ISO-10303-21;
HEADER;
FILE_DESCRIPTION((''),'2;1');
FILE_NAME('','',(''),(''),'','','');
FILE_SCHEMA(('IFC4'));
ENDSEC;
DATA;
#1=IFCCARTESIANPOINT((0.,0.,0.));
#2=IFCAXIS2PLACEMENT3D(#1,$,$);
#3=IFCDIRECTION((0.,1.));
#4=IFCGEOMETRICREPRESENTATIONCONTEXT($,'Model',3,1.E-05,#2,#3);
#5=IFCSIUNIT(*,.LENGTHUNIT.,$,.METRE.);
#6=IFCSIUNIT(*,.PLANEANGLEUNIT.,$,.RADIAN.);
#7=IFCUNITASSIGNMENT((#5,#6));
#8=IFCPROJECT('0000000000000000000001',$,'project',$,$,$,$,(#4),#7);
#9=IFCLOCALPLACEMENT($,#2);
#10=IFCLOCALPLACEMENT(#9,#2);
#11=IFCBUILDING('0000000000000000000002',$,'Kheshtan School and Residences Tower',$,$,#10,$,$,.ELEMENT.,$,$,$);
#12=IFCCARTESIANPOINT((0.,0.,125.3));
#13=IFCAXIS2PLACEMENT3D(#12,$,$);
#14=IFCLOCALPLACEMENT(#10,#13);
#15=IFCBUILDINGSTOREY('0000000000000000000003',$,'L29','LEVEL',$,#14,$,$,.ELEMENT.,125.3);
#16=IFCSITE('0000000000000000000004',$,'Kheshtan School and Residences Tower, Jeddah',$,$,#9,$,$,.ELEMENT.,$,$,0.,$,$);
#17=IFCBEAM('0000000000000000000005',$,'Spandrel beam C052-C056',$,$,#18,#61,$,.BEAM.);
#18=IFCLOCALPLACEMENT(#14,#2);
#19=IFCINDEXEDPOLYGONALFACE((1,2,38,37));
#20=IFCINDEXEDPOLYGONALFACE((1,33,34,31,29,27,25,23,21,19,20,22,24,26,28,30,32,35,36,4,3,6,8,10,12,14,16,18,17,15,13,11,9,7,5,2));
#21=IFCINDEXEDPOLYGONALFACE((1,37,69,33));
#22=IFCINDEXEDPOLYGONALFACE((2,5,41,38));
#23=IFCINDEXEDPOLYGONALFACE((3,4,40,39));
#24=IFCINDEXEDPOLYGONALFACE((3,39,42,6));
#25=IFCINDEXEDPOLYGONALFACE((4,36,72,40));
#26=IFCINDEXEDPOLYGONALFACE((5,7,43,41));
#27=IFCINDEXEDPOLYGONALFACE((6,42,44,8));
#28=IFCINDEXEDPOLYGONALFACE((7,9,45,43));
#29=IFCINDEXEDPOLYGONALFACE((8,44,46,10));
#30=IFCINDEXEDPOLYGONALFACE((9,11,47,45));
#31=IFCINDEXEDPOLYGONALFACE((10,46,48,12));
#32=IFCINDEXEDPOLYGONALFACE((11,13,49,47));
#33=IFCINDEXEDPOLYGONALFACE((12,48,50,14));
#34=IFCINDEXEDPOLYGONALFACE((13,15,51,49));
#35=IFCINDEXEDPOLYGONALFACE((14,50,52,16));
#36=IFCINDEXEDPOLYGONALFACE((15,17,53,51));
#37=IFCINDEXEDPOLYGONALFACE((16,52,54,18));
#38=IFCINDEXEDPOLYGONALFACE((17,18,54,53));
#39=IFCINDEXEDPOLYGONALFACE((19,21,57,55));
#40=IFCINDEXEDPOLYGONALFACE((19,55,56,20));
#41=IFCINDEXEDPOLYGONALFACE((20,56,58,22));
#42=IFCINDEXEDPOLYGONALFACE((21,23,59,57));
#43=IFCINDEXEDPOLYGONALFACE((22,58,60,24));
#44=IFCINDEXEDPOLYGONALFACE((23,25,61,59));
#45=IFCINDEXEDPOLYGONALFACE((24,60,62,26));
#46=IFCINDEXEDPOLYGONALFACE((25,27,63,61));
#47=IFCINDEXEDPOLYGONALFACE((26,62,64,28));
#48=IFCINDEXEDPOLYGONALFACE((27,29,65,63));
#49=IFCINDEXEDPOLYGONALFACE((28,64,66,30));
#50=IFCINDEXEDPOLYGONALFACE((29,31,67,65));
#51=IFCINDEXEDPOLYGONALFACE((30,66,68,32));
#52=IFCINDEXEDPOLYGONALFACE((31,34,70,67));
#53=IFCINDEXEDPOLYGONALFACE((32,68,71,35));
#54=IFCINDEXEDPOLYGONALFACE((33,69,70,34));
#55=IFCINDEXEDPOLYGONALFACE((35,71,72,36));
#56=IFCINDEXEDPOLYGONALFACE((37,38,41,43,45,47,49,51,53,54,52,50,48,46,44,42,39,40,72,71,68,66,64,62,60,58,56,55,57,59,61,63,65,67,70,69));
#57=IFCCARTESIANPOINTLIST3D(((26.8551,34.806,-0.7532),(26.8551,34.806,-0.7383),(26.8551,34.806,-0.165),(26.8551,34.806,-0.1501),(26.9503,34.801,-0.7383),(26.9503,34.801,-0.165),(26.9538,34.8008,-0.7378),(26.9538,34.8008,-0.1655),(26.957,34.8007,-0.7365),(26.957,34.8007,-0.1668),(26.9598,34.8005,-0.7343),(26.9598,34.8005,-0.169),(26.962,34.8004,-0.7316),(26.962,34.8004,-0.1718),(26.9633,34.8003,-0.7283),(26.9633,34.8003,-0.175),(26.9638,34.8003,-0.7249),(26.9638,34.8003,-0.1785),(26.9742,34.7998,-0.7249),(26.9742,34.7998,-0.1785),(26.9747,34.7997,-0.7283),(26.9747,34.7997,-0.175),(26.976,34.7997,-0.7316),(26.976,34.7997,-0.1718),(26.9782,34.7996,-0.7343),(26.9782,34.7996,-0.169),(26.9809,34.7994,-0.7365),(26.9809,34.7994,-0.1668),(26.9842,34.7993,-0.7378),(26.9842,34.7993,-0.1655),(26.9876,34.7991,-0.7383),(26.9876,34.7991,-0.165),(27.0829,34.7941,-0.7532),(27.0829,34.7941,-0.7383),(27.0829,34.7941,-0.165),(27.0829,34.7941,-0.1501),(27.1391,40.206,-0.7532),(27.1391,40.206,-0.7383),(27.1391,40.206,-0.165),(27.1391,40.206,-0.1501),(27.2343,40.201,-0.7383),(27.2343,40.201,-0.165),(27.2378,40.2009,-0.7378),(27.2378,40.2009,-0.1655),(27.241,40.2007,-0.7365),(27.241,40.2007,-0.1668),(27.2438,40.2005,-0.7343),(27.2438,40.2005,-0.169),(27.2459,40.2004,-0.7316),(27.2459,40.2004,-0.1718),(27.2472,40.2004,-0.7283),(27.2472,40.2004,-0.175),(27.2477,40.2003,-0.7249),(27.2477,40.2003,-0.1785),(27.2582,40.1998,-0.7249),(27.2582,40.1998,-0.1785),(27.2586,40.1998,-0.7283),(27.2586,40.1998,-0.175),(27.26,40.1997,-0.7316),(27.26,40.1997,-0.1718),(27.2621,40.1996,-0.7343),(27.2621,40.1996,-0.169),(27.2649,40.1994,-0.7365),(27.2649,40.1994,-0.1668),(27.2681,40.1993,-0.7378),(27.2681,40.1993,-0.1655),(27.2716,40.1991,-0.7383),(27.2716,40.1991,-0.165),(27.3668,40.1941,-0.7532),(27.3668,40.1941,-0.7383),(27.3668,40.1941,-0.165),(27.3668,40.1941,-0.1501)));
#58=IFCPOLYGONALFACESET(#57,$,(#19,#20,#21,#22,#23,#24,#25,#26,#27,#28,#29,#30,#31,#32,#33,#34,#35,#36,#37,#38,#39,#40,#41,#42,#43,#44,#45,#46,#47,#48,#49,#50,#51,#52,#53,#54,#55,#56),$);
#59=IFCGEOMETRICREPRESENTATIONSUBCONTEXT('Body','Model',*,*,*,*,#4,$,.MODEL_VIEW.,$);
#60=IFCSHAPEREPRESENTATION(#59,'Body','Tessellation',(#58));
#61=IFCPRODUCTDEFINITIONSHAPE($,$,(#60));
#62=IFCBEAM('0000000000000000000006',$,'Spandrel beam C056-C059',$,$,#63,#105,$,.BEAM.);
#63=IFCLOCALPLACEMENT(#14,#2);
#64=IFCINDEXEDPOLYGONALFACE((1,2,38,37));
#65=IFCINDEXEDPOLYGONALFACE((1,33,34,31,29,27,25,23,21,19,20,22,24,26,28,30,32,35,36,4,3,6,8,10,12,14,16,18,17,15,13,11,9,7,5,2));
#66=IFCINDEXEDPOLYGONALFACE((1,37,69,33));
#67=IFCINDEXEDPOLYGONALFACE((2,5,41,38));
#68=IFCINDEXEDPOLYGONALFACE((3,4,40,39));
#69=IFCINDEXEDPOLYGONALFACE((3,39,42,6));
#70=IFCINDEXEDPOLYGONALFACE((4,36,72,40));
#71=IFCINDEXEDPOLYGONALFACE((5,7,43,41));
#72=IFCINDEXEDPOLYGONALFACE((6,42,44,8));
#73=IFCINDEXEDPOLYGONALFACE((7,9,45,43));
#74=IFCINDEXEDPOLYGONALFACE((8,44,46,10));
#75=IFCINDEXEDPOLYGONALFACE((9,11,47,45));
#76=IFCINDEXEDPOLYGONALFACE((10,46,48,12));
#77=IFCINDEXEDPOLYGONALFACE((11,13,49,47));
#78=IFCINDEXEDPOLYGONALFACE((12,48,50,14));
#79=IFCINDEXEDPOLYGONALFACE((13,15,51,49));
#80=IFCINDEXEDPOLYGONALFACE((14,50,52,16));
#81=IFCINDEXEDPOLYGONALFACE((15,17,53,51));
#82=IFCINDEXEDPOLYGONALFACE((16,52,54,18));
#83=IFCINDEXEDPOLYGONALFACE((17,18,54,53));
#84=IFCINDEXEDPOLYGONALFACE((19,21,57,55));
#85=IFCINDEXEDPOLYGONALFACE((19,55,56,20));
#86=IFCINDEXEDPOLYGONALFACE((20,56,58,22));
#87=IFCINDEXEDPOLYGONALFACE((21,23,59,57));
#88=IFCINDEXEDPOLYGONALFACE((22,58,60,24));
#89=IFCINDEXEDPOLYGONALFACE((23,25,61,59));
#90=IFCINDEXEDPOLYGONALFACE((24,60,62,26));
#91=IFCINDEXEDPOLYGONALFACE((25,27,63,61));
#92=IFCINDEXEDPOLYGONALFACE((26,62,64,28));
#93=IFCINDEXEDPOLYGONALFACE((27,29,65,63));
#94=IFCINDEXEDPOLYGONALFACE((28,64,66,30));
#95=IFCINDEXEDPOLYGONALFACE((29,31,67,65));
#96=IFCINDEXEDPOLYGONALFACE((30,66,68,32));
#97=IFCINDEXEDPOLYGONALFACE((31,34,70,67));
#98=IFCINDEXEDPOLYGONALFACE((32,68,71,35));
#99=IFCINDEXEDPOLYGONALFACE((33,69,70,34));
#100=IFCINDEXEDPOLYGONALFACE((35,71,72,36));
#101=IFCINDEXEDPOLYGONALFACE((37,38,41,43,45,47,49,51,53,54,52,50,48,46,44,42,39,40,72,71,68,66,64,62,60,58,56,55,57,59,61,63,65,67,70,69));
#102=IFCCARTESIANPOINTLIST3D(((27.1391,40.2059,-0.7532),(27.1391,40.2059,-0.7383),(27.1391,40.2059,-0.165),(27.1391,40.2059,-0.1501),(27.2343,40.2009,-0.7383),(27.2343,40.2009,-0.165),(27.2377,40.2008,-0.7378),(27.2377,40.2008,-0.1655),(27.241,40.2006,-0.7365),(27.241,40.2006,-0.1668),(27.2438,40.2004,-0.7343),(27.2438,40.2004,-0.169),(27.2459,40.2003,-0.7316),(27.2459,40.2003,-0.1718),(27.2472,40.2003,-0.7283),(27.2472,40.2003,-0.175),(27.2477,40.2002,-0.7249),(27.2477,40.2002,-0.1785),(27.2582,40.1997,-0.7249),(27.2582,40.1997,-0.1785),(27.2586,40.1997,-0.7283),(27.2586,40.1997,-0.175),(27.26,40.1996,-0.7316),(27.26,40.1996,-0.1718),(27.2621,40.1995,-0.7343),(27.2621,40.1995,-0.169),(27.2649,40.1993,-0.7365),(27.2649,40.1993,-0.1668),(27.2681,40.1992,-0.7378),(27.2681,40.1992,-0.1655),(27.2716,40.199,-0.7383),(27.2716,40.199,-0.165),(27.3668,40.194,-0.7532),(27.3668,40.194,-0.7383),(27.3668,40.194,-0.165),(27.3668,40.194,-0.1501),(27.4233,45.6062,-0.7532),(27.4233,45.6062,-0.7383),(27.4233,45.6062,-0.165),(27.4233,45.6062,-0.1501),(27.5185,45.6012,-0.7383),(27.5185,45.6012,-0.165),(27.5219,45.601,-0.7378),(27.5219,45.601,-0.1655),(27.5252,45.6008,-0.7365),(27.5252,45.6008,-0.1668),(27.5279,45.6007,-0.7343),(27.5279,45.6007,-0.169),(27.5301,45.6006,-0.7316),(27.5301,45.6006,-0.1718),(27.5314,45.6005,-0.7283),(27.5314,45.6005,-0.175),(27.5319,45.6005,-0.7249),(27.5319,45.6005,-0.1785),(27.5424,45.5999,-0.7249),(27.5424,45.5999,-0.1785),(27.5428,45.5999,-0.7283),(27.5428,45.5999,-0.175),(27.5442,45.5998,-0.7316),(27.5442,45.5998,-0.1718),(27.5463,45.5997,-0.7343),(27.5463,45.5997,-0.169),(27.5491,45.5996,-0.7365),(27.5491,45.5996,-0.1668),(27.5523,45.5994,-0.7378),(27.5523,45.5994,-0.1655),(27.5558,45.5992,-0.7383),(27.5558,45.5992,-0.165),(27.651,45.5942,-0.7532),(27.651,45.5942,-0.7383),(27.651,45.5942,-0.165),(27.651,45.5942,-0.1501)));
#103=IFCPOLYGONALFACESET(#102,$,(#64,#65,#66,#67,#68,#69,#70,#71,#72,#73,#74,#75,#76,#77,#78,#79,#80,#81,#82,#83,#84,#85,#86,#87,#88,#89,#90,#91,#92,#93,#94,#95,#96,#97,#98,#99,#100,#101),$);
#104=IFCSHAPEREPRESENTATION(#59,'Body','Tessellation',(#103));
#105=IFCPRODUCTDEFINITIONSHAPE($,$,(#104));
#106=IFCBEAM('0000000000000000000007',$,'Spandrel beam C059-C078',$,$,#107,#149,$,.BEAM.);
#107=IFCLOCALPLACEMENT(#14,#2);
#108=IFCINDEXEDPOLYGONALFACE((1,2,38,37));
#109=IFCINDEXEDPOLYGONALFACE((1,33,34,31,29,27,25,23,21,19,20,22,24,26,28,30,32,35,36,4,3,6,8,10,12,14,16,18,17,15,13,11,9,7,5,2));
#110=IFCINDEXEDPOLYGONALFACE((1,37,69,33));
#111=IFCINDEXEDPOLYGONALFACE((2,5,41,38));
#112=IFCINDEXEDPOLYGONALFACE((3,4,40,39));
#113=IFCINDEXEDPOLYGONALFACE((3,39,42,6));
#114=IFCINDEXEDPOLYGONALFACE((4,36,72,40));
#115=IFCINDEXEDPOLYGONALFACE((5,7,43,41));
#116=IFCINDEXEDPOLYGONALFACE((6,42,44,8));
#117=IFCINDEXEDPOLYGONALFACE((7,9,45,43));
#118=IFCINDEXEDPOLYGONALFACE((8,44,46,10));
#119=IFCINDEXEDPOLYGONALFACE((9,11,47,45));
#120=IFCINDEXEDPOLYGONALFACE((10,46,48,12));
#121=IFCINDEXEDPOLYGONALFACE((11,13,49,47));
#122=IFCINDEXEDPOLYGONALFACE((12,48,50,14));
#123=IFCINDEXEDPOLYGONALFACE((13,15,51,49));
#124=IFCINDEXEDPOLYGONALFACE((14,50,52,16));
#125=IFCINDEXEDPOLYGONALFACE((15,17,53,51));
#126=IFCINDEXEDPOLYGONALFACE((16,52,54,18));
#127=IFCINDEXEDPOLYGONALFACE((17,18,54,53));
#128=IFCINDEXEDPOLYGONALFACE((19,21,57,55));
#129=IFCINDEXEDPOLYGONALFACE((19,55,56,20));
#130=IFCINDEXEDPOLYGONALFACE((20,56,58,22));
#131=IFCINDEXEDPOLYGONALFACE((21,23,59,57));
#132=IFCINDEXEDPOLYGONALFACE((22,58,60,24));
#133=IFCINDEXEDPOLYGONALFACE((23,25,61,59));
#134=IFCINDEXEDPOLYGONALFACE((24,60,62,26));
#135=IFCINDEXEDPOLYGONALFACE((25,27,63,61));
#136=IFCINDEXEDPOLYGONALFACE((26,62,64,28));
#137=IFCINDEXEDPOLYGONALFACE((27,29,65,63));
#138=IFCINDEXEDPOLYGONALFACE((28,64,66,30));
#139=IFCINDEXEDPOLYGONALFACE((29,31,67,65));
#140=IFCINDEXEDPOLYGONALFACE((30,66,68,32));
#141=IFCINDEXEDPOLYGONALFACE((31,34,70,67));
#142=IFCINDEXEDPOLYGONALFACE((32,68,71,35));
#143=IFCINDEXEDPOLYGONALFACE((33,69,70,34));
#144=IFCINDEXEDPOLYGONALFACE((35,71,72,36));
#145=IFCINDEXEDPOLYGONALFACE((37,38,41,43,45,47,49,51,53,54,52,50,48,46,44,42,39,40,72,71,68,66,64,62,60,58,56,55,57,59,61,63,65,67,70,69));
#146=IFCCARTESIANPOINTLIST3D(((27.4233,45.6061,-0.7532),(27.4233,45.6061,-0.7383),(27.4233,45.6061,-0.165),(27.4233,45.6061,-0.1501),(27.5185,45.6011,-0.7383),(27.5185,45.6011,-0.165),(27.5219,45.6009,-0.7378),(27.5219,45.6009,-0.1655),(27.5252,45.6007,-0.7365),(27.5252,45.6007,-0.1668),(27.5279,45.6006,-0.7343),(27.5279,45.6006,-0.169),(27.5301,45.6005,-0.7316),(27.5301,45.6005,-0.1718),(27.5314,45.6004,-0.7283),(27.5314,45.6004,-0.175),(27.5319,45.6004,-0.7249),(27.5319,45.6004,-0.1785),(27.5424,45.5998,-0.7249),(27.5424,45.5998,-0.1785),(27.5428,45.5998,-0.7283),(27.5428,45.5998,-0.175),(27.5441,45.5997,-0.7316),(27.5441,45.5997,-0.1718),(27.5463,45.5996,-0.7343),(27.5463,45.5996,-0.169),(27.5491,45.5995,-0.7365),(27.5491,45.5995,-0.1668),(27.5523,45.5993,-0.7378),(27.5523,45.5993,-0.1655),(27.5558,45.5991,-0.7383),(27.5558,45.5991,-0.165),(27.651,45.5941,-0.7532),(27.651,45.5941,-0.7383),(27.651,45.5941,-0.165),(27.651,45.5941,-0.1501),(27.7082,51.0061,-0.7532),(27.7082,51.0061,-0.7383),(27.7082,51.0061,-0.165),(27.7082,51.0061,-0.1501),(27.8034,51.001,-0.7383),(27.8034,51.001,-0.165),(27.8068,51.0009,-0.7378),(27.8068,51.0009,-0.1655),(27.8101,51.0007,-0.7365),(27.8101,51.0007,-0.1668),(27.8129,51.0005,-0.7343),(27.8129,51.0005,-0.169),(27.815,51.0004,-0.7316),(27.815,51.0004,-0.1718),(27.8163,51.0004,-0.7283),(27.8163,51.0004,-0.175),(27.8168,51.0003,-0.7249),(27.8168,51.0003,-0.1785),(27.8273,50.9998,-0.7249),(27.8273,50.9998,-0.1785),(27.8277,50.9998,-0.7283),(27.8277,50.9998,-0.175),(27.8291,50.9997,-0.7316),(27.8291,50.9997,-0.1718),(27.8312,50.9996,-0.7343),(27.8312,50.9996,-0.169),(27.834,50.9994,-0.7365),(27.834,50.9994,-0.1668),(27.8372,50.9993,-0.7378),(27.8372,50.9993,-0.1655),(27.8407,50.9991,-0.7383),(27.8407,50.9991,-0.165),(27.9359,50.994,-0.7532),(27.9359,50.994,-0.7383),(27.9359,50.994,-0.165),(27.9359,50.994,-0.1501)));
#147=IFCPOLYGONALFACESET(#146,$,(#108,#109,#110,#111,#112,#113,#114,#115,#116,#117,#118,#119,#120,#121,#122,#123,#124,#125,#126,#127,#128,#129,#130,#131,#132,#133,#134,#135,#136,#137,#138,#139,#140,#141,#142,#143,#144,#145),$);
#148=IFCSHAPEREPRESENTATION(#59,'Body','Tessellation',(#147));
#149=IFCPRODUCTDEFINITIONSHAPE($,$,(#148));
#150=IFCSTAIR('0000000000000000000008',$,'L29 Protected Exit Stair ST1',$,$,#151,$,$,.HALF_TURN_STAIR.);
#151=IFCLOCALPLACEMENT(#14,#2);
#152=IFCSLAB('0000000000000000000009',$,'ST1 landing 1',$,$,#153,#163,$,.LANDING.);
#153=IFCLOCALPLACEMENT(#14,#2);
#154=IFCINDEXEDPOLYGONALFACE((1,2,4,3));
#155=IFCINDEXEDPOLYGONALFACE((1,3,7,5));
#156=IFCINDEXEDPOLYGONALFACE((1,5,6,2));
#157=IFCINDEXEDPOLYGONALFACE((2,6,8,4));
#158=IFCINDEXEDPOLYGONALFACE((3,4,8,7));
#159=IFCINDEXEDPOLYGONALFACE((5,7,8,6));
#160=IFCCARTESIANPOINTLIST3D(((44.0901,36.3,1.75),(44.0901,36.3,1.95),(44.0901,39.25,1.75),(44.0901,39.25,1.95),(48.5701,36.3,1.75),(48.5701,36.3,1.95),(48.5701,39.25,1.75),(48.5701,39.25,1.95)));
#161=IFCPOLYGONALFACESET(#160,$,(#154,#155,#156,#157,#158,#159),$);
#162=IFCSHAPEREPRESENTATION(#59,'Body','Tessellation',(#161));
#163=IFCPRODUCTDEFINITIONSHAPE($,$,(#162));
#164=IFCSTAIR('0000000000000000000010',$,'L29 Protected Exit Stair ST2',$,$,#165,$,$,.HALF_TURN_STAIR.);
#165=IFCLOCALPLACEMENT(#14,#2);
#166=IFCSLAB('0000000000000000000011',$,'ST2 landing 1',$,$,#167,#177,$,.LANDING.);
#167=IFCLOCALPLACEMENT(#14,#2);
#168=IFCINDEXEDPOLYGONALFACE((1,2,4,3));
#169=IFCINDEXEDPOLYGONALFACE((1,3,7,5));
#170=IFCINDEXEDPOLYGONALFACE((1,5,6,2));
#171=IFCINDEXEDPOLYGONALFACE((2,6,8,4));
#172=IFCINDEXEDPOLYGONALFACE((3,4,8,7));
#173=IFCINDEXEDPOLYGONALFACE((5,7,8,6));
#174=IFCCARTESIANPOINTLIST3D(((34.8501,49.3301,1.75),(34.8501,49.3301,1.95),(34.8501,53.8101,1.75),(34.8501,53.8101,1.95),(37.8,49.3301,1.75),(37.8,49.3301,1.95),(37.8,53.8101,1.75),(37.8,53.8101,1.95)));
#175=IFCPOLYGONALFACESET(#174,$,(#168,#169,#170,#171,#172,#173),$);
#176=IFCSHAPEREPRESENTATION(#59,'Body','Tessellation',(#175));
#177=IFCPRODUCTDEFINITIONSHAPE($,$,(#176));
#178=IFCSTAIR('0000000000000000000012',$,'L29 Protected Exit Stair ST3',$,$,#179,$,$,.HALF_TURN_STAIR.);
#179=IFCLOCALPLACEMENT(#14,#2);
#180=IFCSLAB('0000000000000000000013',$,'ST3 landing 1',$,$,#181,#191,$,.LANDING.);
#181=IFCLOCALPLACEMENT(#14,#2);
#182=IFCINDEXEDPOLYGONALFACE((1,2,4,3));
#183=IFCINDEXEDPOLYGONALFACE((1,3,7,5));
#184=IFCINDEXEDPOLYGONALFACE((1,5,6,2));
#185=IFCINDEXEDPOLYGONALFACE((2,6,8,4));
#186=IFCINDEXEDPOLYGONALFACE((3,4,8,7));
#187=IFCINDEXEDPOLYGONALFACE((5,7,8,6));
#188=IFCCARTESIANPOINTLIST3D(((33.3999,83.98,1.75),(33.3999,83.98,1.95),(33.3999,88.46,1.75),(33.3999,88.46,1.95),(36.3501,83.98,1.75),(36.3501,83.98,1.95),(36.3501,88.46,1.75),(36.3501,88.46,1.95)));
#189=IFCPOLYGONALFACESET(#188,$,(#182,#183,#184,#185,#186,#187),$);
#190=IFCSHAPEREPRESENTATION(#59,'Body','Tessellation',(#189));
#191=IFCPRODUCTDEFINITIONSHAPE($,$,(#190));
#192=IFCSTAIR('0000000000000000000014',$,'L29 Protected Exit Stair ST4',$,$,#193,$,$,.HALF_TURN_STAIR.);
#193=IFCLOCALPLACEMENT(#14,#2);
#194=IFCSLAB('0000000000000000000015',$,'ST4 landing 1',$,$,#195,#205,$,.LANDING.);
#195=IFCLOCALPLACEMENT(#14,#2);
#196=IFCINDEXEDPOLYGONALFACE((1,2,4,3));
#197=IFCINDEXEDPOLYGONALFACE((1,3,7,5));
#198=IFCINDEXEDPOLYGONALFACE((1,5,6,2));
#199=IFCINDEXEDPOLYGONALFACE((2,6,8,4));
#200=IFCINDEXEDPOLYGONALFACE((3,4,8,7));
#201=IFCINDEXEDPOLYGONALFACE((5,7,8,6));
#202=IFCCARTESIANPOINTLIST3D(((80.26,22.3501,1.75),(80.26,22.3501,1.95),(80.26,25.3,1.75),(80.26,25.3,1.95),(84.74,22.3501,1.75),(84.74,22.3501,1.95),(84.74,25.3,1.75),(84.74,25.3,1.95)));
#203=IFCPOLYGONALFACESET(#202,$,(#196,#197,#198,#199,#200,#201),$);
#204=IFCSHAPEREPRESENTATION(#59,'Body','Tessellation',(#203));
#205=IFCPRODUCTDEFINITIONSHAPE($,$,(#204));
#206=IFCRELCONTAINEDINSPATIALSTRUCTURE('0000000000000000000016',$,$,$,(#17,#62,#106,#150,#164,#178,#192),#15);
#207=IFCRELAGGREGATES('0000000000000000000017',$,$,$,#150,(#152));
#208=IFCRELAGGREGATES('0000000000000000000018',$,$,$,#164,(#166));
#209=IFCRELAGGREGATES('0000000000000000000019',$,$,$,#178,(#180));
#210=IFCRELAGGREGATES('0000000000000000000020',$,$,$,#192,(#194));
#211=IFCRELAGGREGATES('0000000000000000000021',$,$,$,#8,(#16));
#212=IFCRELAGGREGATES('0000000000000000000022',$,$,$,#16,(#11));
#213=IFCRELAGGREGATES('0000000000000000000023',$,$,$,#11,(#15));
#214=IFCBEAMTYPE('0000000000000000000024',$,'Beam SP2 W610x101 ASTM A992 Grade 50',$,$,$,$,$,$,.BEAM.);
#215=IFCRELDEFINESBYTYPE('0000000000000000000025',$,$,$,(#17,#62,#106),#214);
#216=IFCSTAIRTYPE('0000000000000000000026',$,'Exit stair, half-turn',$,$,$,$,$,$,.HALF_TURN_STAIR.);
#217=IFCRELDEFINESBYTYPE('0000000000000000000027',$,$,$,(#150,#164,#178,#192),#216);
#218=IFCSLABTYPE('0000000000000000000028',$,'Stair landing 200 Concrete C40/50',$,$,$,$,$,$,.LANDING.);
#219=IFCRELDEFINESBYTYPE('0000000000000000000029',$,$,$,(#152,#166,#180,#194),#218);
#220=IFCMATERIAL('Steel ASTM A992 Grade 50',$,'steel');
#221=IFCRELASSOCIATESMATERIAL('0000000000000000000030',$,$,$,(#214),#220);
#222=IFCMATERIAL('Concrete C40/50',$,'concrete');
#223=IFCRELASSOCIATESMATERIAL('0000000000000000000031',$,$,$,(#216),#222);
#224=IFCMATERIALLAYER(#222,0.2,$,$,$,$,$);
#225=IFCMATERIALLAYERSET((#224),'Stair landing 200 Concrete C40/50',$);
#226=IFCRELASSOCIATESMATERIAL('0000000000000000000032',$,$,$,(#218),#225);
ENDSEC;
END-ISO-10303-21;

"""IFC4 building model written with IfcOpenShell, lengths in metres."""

from ifc_helpers import new_model, si_unit, direction, frame, origin, origin_2d, place, context, subcontext, project, spatial, polyline, i_section, outline, extrude, material, layer, layer_set, material_profile, profile_set, type_object, element, aggregate, save


model = new_model("IFC4")

# Units and contexts
model_context = context("Model", 3, precision=1e-05, world=origin(), true_north=direction((0.0, 1.0)))
body_context = subcontext(model_context, "Body", "Model", "MODEL_VIEW")
ifc_project = project(units=[si_unit("LENGTHUNIT", "METRE"), si_unit("PLANEANGLEUNIT", "RADIAN")], contexts=[model_context])

# Site, building, storey
site_placement = place(None, origin())
site = spatial("IfcSite", under=ifc_project, at=site_placement, Name="Kheshtan School and Residences Tower, Jeddah", CompositionType="ELEMENT", RefElevation=0.0)
building_placement = place(site_placement, origin())
building = spatial("IfcBuilding", under=site, at=building_placement, Name="Kheshtan School and Residences Tower", CompositionType="ELEMENT")
storey_placement = place(building_placement, frame((0.0, 0.0, 125.3)))
storey = spatial("IfcBuildingStorey", under=building, at=storey_placement, Name="L29", Description="LEVEL", CompositionType="ELEMENT", Elevation=125.3)

# Shared definitions
ifc_material_1 = material(Name="Steel ASTM A992 Grade 50", Category="steel")

# Beams
ifc_material_profile_1 = material_profile(ifc_material_1, i_section(OverallWidth=0.228, OverallDepth=0.603, WebThickness=0.0105, FlangeThickness=0.0149, FilletRadius=0.0134, at=origin_2d()), Name="W610x101")
ifc_profile_set_1 = profile_set([ifc_material_profile_1], Name="Steel ASTM A992 Grade 50")
beam_type_1 = type_object("IfcBeamType", Name="Beam SP2 W610x101 ASTM A992 Grade 50", PredefinedType="BEAM", material=ifc_profile_set_1)
beam_1_placement = place(storey_placement, frame((26.969, 34.8, -0.4517), z_axis=(0.052509, 0.99862, 0.0), x_axis=(-0.99862, 0.052509, 0.0)))
element("IfcBeam", 1, at=beam_1_placement, inside=storey, type_object=beam_type_1, Name="Spandrel beam C052-C056", PredefinedType="BEAM", context=body_context, shape_type="SweptSolid", body=[
    extrude(i_section(OverallWidth=0.228, OverallDepth=0.603, WebThickness=0.0105, FlangeThickness=0.0149, FilletRadius=0.0134, at=origin_2d()), origin(), (0.0, 0.0, 1.0), 5.4075),
])
beam_2_placement = place(storey_placement, frame((27.2529, 40.2, -0.4517), z_axis=(0.052552, 0.998618, 0.0), x_axis=(-0.998618, 0.052552, 0.0)))
element("IfcBeam", 2, at=beam_2_placement, inside=storey, type_object=beam_type_1, Name="Spandrel beam C056-C059", PredefinedType="BEAM", context=body_context, shape_type="SweptSolid", body=[
    extrude(i_section(OverallWidth=0.228, OverallDepth=0.603, WebThickness=0.0105, FlangeThickness=0.0149, FilletRadius=0.0134, at=origin_2d()), origin(), (0.0, 0.0, 1.0), 5.4077),
])
beam_3_placement = place(storey_placement, frame((27.5371, 45.6001, -0.4517), z_axis=(0.052689, 0.998611, 0.0), x_axis=(-0.998611, 0.052689, 0.0)))
element("IfcBeam", 3, at=beam_3_placement, inside=storey, type_object=beam_type_1, Name="Spandrel beam C059-C078", PredefinedType="BEAM", context=body_context, shape_type="SweptSolid", body=[
    extrude(i_section(OverallWidth=0.228, OverallDepth=0.603, WebThickness=0.0105, FlangeThickness=0.0149, FilletRadius=0.0134, at=origin_2d()), origin(), (0.0, 0.0, 1.0), 5.4075),
])

# Shared definitions
ifc_material_2 = material(Name="Concrete C40/50", Category="concrete")

# Stairs, slabs
stair_type = type_object("IfcStairType", Name="Exit stair, half-turn", PredefinedType="HALF_TURN_STAIR", material=ifc_material_2)
stair_1_placement = place(storey_placement, origin())
stair_1 = element("IfcStair", 4, at=stair_1_placement, inside=storey, type_object=stair_type, Name="L29 Protected Exit Stair ST1", PredefinedType="HALF_TURN_STAIR")
ifc_layer_1 = layer(ifc_material_2, 0.2)
ifc_layer_set_1 = layer_set([ifc_layer_1], Name="Stair landing 200 Concrete C40/50")
slab_type_1 = type_object("IfcSlabType", Name="Stair landing 200 Concrete C40/50", PredefinedType="LANDING", material=ifc_layer_set_1)
slab_1_placement = place(storey_placement, frame((0.0, 0.0, 1.75)))
slab_1 = element("IfcSlab", 5, at=slab_1_placement, type_object=slab_type_1, Name="ST1 landing 1", PredefinedType="LANDING", context=body_context, shape_type="SweptSolid", body=[
    extrude(outline(polyline([(48.5701, 39.25), (44.0901, 39.25), (44.0901, 36.3), (48.5701, 36.3), (48.5701, 39.25)])), origin(), (0.0, 0.0, 1.0), 0.2),
])
aggregate(stair_1, [slab_1])
stair_2_placement = place(storey_placement, origin())
stair_2 = element("IfcStair", 6, at=stair_2_placement, inside=storey, type_object=stair_type, Name="L29 Protected Exit Stair ST2", PredefinedType="HALF_TURN_STAIR")
slab_2_placement = place(storey_placement, frame((0.0, 0.0, 1.75)))
slab_2 = element("IfcSlab", 7, at=slab_2_placement, type_object=slab_type_1, Name="ST2 landing 1", PredefinedType="LANDING", context=body_context, shape_type="SweptSolid", body=[
    extrude(outline(polyline([(37.8, 49.3301), (37.8, 53.8101), (34.8501, 53.8101), (34.8501, 49.3301), (37.8, 49.3301)])), origin(), (0.0, 0.0, 1.0), 0.2),
])
aggregate(stair_2, [slab_2])
stair_3_placement = place(storey_placement, origin())
stair_3 = element("IfcStair", 8, at=stair_3_placement, inside=storey, type_object=stair_type, Name="L29 Protected Exit Stair ST3", PredefinedType="HALF_TURN_STAIR")
slab_3_placement = place(storey_placement, frame((0.0, 0.0, 1.75)))
slab_3 = element("IfcSlab", 9, at=slab_3_placement, type_object=slab_type_1, Name="ST3 landing 1", PredefinedType="LANDING", context=body_context, shape_type="SweptSolid", body=[
    extrude(outline(polyline([(36.3501, 83.98), (36.3501, 88.46), (33.3999, 88.46), (33.3999, 83.98), (36.3501, 83.98)])), origin(), (0.0, 0.0, 1.0), 0.2),
])
aggregate(stair_3, [slab_3])
stair_4_placement = place(storey_placement, origin())
stair_4 = element("IfcStair", 10, at=stair_4_placement, inside=storey, type_object=stair_type, Name="L29 Protected Exit Stair ST4", PredefinedType="HALF_TURN_STAIR")
slab_4_placement = place(storey_placement, frame((0.0, 0.0, 1.75)))
slab_4 = element("IfcSlab", 11, at=slab_4_placement, type_object=slab_type_1, Name="ST4 landing 1", PredefinedType="LANDING", context=body_context, shape_type="SweptSolid", body=[
    extrude(outline(polyline([(84.74, 25.3), (80.26, 25.3), (80.26, 22.3501), (84.74, 22.3501), (84.74, 25.3)])), origin(), (0.0, 0.0, 1.0), 0.2),
])
aggregate(stair_4, [slab_4])

save(model, "model.ifc")
